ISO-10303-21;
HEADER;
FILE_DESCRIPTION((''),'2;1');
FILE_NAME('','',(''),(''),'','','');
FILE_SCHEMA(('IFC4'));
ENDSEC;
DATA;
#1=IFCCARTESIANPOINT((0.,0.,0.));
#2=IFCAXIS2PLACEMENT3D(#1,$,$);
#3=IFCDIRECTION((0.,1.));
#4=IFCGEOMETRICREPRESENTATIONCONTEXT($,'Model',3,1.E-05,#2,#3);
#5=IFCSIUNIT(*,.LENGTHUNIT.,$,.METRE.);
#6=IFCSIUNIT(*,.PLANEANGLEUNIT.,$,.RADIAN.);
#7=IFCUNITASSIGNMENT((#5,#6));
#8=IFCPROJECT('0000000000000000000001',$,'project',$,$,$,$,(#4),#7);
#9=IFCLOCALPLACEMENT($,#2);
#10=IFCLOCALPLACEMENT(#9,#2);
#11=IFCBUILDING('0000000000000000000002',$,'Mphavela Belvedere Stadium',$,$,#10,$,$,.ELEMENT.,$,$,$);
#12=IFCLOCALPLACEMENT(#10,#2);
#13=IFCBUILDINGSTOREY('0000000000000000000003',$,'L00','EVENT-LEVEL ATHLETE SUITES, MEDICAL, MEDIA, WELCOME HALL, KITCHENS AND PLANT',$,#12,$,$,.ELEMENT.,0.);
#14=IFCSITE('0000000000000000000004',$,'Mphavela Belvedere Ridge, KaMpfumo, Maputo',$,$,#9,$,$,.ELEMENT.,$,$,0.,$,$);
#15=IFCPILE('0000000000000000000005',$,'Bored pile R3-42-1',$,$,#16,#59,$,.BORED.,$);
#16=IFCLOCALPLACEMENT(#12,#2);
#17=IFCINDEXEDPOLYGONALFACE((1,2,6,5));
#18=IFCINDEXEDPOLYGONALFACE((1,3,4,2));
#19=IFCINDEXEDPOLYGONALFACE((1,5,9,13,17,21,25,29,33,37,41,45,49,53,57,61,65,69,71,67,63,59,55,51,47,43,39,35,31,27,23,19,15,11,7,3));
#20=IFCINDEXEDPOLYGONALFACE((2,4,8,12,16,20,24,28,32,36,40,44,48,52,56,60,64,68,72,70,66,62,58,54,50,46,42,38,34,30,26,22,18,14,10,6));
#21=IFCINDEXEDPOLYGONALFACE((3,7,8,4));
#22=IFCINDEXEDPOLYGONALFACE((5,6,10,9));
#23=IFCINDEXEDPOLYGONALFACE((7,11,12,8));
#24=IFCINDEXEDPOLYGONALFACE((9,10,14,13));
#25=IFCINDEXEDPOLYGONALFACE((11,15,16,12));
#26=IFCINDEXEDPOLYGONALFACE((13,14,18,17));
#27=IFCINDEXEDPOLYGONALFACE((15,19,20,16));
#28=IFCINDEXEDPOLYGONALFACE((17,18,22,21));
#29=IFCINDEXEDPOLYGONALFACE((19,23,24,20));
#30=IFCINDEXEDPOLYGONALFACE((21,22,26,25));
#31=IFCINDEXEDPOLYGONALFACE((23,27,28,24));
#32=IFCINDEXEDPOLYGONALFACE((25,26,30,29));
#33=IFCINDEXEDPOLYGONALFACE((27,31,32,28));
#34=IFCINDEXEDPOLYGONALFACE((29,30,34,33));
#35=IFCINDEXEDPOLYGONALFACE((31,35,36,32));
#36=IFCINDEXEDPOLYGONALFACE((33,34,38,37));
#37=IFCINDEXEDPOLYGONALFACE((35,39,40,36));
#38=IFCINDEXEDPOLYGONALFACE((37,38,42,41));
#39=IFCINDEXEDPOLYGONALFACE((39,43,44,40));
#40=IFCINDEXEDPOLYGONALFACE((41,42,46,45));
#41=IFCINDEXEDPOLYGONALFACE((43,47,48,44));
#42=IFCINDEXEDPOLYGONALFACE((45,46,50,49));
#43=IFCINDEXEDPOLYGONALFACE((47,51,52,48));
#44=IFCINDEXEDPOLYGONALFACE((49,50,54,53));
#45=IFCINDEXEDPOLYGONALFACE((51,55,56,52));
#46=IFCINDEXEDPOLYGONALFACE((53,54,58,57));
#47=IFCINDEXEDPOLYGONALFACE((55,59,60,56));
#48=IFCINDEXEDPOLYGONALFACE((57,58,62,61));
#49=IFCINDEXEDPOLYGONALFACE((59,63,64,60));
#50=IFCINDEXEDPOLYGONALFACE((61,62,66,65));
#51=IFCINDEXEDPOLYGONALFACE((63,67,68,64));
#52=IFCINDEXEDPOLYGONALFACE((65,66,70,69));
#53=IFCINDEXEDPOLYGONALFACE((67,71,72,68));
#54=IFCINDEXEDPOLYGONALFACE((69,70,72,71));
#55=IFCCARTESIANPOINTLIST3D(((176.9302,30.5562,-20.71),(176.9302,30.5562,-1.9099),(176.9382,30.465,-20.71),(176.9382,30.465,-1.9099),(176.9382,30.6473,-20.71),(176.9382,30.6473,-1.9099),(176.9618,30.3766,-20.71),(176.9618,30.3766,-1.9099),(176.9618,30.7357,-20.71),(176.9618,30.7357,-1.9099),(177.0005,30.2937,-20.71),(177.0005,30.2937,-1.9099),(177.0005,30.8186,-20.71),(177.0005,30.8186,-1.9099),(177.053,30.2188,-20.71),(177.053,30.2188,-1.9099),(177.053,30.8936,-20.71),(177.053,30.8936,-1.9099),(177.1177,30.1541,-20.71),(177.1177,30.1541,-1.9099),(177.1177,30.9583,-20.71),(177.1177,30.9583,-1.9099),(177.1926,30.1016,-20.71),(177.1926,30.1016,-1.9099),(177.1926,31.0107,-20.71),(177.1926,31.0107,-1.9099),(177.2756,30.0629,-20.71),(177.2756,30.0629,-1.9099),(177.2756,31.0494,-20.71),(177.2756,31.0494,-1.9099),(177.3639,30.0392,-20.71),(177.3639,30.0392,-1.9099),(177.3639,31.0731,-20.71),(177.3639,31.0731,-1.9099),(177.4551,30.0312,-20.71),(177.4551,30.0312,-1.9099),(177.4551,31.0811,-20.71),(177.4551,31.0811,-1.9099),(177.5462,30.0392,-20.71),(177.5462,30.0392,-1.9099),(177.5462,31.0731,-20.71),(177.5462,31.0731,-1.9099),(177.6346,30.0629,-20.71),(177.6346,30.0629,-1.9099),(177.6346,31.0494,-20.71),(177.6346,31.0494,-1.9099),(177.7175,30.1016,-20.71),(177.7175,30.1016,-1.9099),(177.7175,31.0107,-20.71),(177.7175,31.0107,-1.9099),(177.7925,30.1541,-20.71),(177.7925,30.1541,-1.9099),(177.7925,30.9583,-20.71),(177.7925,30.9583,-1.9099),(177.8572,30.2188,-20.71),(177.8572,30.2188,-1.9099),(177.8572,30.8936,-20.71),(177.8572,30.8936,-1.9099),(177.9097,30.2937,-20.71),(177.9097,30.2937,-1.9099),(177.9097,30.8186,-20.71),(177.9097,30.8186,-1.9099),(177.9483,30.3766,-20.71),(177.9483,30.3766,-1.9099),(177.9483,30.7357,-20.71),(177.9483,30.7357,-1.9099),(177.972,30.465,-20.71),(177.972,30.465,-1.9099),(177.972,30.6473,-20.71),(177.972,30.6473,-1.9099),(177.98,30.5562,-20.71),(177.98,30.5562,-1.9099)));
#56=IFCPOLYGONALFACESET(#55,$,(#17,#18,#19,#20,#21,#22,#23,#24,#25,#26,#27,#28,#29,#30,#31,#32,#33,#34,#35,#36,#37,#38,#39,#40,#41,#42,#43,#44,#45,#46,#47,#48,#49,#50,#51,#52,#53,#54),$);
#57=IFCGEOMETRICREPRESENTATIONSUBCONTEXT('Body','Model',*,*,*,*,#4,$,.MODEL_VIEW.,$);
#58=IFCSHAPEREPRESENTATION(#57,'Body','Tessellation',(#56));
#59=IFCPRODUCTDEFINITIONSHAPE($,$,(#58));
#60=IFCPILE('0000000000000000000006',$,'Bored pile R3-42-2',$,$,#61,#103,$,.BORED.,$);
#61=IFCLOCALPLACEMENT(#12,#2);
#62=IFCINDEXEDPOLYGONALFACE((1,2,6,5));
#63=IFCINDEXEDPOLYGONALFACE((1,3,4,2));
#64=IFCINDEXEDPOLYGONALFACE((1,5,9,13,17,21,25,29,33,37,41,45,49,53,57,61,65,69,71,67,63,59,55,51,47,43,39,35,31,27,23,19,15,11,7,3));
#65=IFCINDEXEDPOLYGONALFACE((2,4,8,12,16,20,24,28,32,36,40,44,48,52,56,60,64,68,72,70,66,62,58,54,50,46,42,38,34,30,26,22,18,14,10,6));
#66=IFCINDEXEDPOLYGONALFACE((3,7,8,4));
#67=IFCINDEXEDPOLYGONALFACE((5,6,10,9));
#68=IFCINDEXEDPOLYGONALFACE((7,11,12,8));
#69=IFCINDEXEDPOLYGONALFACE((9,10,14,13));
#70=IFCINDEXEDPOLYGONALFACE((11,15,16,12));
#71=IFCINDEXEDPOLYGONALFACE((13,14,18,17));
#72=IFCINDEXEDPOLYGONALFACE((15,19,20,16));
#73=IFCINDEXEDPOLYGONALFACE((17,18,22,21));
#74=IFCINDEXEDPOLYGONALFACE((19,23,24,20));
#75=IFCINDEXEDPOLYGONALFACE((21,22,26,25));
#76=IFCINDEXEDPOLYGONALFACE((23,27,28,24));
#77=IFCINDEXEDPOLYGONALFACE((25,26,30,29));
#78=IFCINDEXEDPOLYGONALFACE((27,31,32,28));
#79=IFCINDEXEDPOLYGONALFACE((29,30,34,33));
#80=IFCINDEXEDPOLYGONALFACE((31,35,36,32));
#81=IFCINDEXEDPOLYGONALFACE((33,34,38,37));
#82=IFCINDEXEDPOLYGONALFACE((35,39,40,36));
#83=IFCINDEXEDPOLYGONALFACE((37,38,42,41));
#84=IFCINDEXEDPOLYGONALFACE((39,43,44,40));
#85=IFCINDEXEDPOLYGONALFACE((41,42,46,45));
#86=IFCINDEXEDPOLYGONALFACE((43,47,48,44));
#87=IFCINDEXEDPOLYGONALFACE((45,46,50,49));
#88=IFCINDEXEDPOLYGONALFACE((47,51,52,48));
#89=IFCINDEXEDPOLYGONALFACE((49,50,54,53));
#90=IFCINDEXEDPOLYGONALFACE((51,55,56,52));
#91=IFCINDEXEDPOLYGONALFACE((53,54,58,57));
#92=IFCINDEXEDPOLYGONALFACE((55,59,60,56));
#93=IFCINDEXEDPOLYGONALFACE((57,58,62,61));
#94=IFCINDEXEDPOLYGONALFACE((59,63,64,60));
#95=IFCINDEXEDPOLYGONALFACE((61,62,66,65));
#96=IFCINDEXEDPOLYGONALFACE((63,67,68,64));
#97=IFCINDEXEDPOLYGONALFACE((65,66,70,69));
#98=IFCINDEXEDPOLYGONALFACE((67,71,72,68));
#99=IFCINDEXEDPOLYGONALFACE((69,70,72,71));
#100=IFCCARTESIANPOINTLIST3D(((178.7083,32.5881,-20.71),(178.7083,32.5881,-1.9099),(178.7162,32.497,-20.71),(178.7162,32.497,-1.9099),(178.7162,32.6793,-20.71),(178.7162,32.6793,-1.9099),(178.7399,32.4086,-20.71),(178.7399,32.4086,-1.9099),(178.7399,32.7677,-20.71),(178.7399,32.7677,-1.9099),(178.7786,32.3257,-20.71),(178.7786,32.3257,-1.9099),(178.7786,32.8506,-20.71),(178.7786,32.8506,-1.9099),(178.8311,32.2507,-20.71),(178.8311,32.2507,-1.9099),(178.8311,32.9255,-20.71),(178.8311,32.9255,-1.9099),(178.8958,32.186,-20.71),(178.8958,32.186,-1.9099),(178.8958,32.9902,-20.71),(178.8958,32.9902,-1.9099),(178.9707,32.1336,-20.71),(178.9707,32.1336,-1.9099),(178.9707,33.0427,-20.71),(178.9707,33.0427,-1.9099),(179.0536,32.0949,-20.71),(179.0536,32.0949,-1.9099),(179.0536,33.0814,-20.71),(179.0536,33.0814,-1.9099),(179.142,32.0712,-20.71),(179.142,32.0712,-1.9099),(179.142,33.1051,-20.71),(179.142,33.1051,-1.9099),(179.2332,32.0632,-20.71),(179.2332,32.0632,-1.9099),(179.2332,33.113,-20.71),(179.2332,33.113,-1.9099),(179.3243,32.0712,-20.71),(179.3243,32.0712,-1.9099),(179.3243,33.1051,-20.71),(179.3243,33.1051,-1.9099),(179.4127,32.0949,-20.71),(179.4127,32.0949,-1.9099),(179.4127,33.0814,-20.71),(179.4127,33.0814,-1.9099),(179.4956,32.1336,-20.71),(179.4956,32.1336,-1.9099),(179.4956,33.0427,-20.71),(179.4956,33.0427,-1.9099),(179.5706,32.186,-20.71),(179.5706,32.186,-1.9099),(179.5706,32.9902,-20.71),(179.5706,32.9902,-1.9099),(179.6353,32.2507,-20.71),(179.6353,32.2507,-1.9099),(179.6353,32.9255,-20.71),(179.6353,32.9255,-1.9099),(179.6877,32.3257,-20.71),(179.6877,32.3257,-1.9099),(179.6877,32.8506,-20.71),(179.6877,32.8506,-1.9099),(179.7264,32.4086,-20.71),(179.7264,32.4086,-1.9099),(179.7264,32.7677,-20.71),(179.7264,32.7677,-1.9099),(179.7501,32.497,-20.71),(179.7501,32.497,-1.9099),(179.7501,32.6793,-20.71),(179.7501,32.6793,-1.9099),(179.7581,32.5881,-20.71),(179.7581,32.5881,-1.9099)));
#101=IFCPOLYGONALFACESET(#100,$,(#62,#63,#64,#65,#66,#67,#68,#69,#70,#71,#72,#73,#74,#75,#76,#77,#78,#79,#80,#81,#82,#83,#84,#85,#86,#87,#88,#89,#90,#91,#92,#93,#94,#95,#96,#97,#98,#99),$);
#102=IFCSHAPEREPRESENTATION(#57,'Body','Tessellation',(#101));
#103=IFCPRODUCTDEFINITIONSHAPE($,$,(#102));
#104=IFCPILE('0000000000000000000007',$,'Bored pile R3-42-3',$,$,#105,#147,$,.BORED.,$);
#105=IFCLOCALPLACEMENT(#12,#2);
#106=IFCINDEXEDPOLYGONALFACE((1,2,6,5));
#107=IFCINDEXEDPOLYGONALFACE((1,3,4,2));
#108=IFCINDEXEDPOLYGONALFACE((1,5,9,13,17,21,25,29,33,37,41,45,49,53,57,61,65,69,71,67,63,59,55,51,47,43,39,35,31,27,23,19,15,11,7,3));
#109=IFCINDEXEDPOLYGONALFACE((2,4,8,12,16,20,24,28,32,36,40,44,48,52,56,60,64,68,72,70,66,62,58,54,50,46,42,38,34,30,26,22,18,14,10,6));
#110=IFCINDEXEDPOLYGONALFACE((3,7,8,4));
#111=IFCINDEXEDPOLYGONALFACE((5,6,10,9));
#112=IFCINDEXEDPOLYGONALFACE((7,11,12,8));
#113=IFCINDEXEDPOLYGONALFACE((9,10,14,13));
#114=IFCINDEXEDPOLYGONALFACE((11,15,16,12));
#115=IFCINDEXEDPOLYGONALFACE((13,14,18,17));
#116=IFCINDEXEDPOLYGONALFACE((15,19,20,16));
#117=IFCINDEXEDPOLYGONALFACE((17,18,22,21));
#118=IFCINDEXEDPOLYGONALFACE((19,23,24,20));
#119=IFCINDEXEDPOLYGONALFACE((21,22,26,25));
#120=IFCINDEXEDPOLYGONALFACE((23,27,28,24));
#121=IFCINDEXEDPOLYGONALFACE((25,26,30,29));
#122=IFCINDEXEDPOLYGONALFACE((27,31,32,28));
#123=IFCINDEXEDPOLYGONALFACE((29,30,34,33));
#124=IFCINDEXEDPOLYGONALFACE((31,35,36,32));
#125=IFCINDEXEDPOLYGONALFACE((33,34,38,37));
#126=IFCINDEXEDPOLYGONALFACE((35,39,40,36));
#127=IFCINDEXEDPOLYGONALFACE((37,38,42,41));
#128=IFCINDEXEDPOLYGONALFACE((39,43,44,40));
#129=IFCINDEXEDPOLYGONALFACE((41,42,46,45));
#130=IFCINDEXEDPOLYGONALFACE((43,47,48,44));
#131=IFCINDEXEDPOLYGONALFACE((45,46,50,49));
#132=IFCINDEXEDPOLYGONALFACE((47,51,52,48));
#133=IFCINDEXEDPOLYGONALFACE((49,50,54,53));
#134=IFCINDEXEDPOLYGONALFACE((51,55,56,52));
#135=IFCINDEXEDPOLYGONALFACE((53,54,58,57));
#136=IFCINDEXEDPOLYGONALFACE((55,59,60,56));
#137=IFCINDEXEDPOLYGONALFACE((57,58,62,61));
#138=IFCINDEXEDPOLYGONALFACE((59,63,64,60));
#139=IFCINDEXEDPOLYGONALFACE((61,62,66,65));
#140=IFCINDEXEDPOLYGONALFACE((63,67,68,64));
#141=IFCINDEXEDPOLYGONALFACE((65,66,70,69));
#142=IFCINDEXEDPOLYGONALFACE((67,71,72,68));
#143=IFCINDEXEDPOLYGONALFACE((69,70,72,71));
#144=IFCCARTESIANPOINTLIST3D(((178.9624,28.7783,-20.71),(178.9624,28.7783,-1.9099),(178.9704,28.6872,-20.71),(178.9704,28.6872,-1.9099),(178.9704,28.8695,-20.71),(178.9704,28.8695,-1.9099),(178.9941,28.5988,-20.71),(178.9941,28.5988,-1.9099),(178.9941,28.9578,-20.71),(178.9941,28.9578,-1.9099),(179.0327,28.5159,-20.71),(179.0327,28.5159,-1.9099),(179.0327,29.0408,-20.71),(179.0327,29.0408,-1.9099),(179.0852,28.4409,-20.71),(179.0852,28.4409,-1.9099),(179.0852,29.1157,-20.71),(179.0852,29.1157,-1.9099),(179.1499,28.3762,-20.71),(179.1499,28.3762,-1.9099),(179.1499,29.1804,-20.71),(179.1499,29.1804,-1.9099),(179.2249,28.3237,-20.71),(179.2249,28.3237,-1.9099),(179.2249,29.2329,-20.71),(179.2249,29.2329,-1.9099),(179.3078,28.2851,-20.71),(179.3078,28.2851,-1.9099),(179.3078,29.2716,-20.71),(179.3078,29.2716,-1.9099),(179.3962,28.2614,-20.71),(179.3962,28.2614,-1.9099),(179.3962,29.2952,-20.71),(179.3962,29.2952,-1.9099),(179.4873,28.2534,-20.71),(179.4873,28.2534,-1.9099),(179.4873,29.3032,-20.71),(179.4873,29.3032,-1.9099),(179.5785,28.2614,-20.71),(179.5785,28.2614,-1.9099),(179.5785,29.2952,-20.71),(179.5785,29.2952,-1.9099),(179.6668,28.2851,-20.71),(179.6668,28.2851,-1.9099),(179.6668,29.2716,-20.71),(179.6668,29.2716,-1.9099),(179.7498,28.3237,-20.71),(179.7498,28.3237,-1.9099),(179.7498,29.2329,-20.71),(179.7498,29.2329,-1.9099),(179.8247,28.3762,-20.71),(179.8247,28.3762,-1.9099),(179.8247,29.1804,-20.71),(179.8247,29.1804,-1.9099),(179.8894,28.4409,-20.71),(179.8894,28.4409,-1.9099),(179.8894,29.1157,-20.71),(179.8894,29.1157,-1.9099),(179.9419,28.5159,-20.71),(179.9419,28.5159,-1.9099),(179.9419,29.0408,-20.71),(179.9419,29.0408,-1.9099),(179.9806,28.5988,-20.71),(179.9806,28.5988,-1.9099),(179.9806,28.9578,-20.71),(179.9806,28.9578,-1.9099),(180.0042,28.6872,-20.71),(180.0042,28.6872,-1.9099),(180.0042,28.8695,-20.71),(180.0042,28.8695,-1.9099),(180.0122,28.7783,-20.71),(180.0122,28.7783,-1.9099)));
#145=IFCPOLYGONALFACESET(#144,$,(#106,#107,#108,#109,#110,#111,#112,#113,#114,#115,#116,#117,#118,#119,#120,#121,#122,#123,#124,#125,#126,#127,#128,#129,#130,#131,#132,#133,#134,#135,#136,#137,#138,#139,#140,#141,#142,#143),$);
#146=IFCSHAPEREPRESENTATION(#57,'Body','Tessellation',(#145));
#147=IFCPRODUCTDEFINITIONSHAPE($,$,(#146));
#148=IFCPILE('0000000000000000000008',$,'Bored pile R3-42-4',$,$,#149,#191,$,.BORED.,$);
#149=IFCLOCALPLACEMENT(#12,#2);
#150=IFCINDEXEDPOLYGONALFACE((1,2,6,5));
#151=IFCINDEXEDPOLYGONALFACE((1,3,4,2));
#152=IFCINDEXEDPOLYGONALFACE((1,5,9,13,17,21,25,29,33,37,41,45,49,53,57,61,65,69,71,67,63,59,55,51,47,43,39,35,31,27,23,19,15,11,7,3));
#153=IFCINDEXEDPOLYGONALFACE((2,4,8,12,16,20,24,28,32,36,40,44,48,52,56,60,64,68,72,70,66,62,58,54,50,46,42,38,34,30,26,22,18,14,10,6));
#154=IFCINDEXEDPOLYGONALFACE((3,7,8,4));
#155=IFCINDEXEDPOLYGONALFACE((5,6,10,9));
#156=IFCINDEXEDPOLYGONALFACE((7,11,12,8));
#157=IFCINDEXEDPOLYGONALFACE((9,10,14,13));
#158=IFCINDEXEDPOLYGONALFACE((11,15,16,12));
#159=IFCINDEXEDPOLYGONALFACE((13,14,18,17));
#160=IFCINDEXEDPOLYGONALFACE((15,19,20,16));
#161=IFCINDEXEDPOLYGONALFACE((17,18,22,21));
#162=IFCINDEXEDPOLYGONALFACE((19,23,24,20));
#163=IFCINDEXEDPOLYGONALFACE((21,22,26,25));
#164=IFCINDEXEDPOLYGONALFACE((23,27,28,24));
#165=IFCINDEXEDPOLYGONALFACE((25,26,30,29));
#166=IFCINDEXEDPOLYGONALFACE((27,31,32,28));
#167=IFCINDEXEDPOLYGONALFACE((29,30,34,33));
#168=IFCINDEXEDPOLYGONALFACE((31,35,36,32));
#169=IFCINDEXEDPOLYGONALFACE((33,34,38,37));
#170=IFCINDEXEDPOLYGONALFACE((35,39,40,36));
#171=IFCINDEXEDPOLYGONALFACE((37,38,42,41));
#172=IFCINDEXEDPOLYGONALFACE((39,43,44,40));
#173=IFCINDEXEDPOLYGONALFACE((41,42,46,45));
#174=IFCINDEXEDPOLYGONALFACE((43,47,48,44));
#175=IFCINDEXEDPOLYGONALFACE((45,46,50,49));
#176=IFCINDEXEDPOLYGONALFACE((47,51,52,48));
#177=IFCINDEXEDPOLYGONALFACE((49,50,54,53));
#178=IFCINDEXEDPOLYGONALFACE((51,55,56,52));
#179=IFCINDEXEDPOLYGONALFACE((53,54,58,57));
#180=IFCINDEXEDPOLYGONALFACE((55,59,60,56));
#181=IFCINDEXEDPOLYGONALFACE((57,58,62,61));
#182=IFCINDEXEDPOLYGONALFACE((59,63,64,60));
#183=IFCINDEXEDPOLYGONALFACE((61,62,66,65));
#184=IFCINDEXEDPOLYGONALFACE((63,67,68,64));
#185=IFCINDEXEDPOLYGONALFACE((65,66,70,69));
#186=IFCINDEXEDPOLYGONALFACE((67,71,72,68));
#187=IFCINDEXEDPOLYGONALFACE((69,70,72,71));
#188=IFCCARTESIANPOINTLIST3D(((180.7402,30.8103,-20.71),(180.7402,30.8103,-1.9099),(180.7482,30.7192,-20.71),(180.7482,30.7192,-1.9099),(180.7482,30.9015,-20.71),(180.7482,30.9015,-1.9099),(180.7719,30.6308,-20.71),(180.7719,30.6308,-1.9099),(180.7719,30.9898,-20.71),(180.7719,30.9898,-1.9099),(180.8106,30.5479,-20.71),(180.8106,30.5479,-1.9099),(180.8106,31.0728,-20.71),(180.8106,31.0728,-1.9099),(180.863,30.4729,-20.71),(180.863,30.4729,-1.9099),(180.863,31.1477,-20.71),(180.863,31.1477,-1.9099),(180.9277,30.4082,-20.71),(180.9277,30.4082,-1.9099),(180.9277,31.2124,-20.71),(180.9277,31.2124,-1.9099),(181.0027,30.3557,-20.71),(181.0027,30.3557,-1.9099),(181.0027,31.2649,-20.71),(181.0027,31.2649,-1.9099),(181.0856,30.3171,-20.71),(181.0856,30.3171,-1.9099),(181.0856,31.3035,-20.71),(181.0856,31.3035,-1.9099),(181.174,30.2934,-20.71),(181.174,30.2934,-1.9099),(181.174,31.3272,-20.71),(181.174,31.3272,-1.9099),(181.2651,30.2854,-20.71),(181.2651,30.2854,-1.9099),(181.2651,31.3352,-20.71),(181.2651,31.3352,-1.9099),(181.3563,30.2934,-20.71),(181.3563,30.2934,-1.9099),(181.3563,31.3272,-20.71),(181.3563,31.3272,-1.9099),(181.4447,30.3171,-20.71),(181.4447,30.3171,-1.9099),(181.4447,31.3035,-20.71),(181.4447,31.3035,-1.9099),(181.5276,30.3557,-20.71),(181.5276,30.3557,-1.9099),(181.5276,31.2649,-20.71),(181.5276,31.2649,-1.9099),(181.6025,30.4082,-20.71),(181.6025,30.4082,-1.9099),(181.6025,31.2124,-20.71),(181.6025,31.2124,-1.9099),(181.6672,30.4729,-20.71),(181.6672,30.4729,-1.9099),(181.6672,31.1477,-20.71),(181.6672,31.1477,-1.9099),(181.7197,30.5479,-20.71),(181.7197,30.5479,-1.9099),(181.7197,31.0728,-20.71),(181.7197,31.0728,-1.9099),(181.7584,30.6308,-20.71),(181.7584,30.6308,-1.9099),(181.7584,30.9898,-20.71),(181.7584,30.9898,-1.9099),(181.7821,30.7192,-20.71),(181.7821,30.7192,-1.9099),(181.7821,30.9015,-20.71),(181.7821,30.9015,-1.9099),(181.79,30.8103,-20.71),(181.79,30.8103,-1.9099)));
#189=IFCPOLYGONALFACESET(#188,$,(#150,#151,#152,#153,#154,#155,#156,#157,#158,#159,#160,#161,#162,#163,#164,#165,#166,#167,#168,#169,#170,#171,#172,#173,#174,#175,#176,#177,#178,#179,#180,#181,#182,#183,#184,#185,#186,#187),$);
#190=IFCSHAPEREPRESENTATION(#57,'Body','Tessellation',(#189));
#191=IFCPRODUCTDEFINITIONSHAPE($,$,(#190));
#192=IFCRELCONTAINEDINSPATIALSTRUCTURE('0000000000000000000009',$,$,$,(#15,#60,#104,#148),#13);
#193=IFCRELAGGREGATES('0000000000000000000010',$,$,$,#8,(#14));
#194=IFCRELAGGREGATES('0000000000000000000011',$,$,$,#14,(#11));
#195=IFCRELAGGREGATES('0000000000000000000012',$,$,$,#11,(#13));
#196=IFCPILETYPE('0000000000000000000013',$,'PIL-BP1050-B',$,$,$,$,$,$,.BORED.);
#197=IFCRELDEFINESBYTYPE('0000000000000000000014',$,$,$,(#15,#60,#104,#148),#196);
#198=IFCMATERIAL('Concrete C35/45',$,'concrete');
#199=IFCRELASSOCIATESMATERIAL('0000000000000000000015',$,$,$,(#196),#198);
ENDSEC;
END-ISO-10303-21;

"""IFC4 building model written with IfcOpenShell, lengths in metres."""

from ifc_helpers import new_model, si_unit, direction, frame, origin, origin_2d, place, context, subcontext, project, spatial, circle, extrude, material, material_profile, profile_set, type_object, element, save


model = new_model("IFC4")

# Units and contexts
model_context = context("Model", 3, precision=1e-05, world=origin(), true_north=direction((0.0, 1.0)))
body_context = subcontext(model_context, "Body", "Model", "MODEL_VIEW")
ifc_project = project(units=[si_unit("LENGTHUNIT", "METRE"), si_unit("PLANEANGLEUNIT", "RADIAN")], contexts=[model_context])

# Site, building, storey
site_placement = place(None, origin())
site = spatial("IfcSite", under=ifc_project, at=site_placement, Name="Mphavela Belvedere Ridge, KaMpfumo, Maputo", CompositionType="ELEMENT", RefElevation=0.0)
building_placement = place(site_placement, origin())
building = spatial("IfcBuilding", under=site, at=building_placement, Name="Mphavela Belvedere Stadium", CompositionType="ELEMENT")
storey_placement = place(building_placement, origin())
storey = spatial("IfcBuildingStorey", under=building, at=storey_placement, Name="L00", Description="EVENT-LEVEL ATHLETE SUITES, MEDICAL, MEDIA, WELCOME HALL, KITCHENS AND PLANT", CompositionType="ELEMENT", Elevation=0.0)

# Piles
ifc_material_1 = material(Name="Concrete C35/45", Category="concrete")
ifc_material_profile_1 = material_profile(ifc_material_1, circle(Radius=0.5249, at=origin_2d()), Name="BP D1050")
ifc_profile_set_1 = profile_set([ifc_material_profile_1], Name="Concrete C35/45")
pile_type_1 = type_object("IfcPileType", Name="PIL-BP1050-B", PredefinedType="BORED", material=ifc_profile_set_1)
for number, where, z_axis, x_axis, name in (
    (1, (177.4551, 30.5562, -1.9099), (0.0, 0.0, -1.0), (1.0, 0.0, 0.0), "Bored pile R3-42-1"),
    (2, (179.2332, 32.5881, -1.9099), (0.0, 0.0, -1.0), (1.0, 0.0, 0.0), "Bored pile R3-42-2"),
    (3, (179.4873, 28.7783, -1.9099), (0.0, 0.0, -1.0), (1.0, 0.0, 0.0), "Bored pile R3-42-3"),
    (4, (181.2651, 30.8103, -1.9099), (0.0, 0.0, -1.0), (1.0, 0.0, 0.0), "Bored pile R3-42-4"),
):
    element("IfcPile", number, at=place(storey_placement, frame(where, z_axis=z_axis, x_axis=x_axis)), inside=storey, type_object=pile_type_1, Name=name, PredefinedType="BORED", context=body_context, shape_type="SweptSolid", body=[
        extrude(circle(Radius=0.5249, at=origin_2d()), origin(), (0.0, 0.0, 1.0), 18.8),
    ])

save(model, "model.ifc")
